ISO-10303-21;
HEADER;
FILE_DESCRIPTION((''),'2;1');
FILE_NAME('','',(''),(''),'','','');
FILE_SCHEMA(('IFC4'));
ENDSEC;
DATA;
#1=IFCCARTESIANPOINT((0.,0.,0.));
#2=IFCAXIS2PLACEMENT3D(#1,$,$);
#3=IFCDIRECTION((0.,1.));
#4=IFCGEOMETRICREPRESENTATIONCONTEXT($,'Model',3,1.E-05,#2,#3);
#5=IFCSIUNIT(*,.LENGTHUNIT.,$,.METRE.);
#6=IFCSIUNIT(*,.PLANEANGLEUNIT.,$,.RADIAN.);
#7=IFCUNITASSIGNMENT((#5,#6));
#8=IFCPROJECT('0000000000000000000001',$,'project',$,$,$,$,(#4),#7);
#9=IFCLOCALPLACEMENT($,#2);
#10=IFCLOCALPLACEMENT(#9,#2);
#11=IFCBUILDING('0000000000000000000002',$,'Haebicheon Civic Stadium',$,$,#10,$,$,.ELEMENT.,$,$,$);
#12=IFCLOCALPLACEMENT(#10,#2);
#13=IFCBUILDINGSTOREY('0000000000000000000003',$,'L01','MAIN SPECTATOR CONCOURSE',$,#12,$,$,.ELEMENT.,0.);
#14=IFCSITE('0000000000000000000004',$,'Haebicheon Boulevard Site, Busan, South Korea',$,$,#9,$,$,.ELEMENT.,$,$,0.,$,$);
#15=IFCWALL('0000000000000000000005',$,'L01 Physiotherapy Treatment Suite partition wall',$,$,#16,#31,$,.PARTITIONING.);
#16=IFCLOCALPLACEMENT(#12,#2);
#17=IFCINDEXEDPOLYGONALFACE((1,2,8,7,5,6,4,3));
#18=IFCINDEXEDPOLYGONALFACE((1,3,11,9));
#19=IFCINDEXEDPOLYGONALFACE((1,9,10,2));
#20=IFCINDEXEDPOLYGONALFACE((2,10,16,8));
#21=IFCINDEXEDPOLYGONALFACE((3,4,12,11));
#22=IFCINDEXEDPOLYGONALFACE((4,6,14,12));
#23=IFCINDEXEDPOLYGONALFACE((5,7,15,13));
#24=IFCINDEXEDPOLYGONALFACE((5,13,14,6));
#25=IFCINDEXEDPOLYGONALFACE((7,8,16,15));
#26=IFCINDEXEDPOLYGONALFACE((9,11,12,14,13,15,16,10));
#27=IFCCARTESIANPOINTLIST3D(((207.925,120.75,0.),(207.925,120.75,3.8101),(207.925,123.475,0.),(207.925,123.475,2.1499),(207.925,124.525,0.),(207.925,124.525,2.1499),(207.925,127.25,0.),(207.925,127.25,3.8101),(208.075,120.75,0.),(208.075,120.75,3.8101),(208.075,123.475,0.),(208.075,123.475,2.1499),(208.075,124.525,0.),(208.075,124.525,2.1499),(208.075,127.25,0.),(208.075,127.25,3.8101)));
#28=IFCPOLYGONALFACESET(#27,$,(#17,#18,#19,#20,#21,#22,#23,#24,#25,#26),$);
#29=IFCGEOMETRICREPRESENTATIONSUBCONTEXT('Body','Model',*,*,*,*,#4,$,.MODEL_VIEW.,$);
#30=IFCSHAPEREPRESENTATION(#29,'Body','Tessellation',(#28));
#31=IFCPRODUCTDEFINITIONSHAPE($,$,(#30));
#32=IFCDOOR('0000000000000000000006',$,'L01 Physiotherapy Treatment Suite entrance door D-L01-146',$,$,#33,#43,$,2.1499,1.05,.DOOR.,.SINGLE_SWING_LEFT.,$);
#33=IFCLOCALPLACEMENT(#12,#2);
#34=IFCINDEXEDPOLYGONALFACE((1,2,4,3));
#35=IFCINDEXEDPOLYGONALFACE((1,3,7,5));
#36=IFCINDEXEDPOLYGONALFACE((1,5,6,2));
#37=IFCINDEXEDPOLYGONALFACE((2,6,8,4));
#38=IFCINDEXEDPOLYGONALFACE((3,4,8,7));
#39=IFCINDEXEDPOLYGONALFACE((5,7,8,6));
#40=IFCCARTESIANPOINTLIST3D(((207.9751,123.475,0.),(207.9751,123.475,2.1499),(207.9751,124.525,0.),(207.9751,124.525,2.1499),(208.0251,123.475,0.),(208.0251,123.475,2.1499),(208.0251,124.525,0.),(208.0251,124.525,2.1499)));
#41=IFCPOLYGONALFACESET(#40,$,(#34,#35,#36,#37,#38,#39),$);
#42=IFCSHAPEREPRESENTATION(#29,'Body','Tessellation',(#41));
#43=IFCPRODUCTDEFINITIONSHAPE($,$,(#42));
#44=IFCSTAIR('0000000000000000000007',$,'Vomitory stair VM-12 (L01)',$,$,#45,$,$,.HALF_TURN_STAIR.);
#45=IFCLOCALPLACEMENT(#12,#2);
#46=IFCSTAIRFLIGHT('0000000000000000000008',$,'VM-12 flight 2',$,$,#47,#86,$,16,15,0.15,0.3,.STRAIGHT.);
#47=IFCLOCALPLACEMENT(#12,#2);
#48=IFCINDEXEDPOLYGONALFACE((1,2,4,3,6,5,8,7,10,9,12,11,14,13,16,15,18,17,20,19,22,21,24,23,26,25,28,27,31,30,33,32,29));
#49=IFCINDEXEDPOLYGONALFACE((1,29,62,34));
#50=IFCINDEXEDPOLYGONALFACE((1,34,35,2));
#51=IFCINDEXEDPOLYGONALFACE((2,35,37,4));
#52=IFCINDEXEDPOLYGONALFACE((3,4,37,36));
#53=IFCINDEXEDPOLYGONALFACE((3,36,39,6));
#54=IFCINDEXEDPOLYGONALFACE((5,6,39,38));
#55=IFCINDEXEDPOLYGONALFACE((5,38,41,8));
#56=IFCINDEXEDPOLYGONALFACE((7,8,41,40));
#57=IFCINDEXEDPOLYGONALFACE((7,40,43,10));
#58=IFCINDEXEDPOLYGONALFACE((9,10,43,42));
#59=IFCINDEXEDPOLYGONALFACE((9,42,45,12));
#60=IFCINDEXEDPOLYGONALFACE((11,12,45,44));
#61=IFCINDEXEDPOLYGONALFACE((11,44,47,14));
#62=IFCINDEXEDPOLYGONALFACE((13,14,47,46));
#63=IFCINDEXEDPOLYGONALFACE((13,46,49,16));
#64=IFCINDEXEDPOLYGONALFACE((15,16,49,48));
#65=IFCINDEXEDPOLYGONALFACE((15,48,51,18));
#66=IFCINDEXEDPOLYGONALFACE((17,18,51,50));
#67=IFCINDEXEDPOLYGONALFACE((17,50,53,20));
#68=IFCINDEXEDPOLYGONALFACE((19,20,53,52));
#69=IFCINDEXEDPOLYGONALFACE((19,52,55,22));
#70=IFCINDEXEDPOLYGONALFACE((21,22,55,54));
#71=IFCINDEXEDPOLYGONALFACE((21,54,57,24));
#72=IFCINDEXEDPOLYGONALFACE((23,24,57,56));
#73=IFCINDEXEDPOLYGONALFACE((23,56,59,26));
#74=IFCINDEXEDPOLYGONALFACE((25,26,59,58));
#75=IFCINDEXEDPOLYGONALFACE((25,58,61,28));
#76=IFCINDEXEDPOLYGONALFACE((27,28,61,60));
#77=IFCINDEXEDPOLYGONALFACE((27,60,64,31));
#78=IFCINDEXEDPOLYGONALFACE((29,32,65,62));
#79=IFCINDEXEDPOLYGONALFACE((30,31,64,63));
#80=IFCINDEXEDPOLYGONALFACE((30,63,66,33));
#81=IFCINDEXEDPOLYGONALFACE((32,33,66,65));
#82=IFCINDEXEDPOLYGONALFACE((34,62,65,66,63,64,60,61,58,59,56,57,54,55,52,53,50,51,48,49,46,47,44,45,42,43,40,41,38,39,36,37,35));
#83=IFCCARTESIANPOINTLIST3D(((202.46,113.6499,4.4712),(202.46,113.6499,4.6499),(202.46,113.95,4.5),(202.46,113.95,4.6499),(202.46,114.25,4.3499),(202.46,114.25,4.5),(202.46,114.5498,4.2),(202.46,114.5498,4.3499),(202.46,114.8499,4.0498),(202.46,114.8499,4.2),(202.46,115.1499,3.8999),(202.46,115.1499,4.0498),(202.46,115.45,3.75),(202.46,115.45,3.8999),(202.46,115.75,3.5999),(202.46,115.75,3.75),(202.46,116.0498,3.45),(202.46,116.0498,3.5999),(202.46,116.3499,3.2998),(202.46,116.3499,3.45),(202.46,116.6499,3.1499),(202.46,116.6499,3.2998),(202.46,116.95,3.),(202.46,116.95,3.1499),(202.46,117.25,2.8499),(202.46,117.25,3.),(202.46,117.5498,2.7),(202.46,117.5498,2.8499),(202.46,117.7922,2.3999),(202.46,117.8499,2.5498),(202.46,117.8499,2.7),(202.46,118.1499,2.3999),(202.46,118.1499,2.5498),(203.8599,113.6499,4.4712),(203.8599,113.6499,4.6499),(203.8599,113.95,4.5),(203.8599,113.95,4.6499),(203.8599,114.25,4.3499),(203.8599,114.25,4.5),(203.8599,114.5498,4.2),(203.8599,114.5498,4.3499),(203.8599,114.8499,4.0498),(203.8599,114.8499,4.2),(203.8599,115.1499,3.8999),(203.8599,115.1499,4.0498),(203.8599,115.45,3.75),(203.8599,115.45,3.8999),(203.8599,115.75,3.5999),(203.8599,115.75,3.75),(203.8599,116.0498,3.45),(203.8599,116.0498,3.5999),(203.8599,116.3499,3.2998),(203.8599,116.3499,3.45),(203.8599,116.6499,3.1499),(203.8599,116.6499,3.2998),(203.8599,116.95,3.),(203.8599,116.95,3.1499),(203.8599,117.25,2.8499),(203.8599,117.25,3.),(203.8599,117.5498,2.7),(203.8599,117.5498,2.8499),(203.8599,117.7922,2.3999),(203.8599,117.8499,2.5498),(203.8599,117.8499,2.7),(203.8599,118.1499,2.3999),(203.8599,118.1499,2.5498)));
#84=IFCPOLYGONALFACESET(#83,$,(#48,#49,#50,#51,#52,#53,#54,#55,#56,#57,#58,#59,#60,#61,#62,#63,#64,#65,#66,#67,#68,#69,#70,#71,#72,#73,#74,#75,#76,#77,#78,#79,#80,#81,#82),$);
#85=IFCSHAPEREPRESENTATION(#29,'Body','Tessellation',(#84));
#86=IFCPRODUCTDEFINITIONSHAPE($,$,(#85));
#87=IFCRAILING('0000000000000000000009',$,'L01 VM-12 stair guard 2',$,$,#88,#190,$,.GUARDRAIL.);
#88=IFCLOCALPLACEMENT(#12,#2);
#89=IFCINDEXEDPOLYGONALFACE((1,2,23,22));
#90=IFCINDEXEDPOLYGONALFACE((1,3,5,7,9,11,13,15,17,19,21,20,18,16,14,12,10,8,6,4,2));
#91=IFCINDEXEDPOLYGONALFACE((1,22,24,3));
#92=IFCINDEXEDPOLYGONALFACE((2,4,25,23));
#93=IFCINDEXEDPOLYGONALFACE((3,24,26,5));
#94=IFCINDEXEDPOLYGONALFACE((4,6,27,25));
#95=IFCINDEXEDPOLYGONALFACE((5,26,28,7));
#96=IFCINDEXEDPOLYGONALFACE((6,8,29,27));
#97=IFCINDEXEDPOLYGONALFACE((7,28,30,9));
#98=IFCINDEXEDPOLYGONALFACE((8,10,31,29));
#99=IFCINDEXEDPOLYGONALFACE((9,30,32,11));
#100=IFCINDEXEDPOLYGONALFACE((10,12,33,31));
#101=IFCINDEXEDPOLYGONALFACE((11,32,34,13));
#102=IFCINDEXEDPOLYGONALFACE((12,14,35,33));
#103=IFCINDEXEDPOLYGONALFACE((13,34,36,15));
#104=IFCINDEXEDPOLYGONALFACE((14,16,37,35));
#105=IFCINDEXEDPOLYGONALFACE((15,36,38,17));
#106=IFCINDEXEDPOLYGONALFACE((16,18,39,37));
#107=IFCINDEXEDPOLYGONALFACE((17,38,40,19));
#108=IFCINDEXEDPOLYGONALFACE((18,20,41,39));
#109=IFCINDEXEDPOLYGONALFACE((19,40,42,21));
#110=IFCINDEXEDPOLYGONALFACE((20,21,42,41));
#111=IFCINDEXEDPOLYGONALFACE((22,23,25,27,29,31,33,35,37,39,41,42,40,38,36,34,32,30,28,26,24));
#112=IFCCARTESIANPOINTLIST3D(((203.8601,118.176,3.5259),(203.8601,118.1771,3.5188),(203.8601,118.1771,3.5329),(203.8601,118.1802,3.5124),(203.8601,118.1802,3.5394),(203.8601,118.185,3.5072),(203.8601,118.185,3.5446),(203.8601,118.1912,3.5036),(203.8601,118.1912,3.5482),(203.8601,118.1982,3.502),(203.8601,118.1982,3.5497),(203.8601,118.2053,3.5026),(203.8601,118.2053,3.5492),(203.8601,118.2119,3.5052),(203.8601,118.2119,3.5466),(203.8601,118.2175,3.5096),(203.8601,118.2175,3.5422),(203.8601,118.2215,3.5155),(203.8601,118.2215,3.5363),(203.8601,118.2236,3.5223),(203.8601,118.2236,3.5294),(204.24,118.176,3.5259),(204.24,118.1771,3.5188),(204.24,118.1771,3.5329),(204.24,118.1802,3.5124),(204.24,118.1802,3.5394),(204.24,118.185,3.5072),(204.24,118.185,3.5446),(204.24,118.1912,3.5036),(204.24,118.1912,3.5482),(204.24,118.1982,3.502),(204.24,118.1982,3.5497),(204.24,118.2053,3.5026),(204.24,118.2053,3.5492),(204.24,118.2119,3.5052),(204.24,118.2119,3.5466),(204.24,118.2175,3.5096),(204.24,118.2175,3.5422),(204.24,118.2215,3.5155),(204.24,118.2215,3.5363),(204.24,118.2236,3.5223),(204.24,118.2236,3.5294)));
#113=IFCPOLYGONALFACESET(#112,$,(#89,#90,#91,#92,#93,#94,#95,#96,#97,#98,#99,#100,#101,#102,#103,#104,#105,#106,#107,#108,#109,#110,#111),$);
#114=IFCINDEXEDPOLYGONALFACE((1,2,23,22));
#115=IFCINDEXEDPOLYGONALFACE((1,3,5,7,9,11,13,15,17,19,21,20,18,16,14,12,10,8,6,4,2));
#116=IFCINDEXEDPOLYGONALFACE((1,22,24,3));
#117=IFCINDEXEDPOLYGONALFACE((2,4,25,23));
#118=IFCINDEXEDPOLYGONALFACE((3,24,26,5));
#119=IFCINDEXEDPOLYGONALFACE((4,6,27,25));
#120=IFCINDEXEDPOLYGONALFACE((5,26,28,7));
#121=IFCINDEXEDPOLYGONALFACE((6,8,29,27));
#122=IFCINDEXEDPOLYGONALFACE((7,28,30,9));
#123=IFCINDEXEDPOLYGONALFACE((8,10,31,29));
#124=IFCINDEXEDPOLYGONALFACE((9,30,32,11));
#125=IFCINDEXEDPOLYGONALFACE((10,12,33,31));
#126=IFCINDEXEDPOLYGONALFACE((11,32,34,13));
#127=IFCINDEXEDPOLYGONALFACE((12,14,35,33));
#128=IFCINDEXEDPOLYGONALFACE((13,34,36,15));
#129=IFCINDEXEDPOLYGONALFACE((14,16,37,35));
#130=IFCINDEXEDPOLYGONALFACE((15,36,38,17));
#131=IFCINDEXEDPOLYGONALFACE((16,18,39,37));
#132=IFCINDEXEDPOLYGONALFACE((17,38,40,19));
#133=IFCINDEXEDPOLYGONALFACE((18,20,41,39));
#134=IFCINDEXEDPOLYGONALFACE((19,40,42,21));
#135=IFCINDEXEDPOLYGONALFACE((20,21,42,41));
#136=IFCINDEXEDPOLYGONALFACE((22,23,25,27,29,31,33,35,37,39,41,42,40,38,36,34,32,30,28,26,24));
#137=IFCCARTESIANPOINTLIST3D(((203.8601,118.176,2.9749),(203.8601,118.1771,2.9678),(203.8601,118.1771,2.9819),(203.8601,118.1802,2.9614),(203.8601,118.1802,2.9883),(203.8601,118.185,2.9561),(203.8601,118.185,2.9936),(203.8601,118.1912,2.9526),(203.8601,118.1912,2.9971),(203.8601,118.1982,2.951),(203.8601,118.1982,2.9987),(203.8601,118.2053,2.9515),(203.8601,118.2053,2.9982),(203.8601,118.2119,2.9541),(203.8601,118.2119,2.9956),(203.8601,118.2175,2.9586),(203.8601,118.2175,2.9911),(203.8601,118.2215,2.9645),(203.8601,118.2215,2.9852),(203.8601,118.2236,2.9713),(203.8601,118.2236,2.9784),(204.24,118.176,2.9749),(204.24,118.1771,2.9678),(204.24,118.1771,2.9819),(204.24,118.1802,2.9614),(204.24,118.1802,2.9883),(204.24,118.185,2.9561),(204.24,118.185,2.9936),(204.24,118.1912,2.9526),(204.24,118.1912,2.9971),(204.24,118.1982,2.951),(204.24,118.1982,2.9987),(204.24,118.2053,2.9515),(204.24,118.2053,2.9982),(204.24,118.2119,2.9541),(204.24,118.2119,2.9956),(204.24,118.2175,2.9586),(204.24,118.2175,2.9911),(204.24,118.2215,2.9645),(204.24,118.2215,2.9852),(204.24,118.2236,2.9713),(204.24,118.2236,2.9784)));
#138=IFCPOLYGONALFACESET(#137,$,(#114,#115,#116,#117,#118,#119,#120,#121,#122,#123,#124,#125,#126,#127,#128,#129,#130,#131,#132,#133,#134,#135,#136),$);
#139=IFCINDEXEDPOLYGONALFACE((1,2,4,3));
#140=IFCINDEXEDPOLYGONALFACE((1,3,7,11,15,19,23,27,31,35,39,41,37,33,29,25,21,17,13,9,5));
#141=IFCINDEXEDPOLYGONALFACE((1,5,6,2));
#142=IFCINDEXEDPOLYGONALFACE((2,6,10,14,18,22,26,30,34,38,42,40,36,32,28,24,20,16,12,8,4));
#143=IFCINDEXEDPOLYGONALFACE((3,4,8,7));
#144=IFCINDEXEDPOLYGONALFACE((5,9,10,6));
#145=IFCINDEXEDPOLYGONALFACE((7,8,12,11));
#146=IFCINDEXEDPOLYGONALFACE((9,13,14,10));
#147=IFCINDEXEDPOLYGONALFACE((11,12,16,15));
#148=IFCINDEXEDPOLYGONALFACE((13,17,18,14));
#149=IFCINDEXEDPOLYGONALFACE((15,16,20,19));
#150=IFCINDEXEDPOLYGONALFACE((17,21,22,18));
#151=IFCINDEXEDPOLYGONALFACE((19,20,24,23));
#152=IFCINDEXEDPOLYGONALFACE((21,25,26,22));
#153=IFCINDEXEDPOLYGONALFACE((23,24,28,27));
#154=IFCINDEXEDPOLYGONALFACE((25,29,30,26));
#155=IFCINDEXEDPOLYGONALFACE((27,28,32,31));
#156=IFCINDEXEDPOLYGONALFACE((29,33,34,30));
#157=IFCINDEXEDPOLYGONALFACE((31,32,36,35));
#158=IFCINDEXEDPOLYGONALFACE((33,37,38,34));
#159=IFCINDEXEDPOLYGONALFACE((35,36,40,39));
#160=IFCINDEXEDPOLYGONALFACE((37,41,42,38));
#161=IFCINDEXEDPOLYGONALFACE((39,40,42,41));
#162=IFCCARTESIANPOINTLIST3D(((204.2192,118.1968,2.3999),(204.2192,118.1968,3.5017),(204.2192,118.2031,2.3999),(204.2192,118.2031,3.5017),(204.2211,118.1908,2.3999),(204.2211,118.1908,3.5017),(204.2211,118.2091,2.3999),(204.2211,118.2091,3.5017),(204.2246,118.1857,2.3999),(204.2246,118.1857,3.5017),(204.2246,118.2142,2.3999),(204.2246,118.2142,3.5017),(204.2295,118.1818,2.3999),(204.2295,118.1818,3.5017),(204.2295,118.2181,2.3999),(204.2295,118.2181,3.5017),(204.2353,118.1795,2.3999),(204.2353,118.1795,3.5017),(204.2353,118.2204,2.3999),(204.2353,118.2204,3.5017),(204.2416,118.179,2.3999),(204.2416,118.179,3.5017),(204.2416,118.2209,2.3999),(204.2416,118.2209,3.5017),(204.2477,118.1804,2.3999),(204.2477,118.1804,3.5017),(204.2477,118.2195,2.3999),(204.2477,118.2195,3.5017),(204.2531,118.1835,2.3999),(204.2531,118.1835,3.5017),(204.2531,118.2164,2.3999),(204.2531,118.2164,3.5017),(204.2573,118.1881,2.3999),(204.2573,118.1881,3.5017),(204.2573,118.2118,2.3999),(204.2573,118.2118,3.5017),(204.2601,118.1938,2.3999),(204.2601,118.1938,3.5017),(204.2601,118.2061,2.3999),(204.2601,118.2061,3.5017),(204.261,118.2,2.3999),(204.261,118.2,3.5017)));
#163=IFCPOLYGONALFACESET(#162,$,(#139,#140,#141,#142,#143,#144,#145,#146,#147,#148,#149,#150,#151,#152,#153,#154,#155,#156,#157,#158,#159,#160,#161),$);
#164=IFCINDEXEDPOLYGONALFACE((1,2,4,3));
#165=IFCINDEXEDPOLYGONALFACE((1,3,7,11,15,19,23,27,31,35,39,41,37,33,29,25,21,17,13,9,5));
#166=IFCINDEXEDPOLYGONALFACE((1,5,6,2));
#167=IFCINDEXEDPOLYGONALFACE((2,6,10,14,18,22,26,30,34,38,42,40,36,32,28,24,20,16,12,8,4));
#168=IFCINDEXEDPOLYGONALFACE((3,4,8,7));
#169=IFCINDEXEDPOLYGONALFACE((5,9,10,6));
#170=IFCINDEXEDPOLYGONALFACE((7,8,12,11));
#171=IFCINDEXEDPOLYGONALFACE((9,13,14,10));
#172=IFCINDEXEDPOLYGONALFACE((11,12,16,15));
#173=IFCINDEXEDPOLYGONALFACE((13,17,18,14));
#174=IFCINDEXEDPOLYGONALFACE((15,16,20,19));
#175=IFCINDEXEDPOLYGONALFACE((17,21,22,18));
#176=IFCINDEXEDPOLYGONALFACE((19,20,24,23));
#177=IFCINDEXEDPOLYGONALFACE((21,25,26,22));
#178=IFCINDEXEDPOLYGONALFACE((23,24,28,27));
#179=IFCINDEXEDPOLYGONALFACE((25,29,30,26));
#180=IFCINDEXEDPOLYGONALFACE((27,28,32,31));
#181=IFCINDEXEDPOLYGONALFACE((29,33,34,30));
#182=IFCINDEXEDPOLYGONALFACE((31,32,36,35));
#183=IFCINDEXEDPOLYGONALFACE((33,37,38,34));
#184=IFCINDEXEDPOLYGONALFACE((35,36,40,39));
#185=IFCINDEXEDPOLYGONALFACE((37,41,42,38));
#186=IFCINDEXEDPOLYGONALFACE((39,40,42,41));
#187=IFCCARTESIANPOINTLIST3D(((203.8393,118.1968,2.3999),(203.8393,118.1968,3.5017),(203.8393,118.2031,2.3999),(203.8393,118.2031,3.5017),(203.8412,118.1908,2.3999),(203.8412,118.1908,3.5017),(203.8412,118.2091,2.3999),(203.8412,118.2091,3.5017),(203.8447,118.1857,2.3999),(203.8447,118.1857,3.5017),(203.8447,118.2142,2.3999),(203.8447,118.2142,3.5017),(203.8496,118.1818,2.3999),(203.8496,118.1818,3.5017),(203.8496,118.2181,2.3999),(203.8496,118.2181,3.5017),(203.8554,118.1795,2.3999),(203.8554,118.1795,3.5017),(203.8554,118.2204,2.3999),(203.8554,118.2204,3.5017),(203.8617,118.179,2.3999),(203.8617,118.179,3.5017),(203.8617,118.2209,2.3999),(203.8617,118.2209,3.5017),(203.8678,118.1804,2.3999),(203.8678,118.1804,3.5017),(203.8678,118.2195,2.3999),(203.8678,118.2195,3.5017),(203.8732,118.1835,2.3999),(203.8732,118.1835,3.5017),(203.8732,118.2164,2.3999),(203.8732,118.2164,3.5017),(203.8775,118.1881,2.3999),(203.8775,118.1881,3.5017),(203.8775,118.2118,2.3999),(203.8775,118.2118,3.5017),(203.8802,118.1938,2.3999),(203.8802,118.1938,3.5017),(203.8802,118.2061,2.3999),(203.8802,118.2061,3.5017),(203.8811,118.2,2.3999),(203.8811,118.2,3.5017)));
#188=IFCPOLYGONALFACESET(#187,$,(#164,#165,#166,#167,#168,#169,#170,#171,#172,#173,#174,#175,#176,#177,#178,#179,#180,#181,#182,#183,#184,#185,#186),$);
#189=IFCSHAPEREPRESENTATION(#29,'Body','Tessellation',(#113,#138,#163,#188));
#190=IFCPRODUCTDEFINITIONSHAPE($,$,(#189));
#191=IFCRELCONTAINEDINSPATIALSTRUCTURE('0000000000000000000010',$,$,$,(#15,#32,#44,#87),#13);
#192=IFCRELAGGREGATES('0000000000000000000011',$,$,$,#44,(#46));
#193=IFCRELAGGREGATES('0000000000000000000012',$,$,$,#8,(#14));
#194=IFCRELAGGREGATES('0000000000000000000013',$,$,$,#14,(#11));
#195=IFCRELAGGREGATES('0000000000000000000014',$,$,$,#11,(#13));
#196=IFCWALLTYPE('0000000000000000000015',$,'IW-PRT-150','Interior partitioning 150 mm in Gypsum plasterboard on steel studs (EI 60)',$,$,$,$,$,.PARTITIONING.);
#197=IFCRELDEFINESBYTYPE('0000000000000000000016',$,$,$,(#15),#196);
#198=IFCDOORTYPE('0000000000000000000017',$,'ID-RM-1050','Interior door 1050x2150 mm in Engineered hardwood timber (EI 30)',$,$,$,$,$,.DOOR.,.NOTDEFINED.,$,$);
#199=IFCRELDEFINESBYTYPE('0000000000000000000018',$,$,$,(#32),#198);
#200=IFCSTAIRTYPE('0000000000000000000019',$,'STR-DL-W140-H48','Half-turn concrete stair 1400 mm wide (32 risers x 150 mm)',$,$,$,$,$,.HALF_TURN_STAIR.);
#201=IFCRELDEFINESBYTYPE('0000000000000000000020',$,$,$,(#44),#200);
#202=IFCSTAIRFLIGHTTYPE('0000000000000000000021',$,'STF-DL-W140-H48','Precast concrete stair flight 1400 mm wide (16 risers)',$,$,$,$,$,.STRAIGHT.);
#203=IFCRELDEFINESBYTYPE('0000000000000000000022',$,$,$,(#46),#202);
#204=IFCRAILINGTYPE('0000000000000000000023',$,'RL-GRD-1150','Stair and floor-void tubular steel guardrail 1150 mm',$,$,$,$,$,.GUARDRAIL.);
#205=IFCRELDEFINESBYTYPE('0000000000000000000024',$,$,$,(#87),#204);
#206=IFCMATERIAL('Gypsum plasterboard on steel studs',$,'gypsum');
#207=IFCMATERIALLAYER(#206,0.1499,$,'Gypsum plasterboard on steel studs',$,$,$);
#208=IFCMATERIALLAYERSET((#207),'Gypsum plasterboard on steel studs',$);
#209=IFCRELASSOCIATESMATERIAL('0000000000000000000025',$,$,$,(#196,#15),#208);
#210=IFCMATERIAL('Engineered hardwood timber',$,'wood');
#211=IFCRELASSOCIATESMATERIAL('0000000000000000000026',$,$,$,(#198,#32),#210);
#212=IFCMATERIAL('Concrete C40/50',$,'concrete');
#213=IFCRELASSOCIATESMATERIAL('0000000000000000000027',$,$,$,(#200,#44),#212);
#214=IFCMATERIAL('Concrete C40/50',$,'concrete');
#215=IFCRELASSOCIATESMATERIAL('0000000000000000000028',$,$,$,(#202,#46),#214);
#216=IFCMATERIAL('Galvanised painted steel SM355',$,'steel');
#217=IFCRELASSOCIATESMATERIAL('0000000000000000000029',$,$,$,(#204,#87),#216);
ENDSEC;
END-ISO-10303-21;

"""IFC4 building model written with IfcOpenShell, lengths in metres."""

from ifc_helpers import new_model, si_unit, direction, frame, frame_2d, origin, origin_2d, place, context, subcontext, project, spatial, polyline, rectangle, circle, outline, extrude, material, layer, layer_set, type_object, element, fill, aggregate, save


model = new_model("IFC4")

# Units and contexts
model_context = context("Model", 3, precision=1e-05, world=origin(), true_north=direction((0.0, 1.0)))
body_context = subcontext(model_context, "Body", "Model", "MODEL_VIEW")
ifc_project = project(units=[si_unit("LENGTHUNIT", "METRE"), si_unit("PLANEANGLEUNIT", "RADIAN")], contexts=[model_context])

# Site, building, storey
site_placement = place(None, origin())
site = spatial("IfcSite", under=ifc_project, at=site_placement, Name="Haebicheon Boulevard Site, Busan, South Korea", CompositionType="ELEMENT", RefElevation=0.0)
building_placement = place(site_placement, origin())
building = spatial("IfcBuilding", under=site, at=building_placement, Name="Haebicheon Civic Stadium", CompositionType="ELEMENT")
storey_placement = place(building_placement, origin())
storey = spatial("IfcBuildingStorey", under=building, at=storey_placement, Name="L01", Description="MAIN SPECTATOR CONCOURSE", CompositionType="ELEMENT", Elevation=0.0)

# Wall, opening, door
ifc_material_1 = material(Name="Gypsum plasterboard on steel studs", Category="gypsum")
ifc_layer = layer(ifc_material_1, 0.1499, Name="Gypsum plasterboard on steel studs")
ifc_layer_set = layer_set([ifc_layer], Name="Gypsum plasterboard on steel studs")
wall_type = type_object("IfcWallType", Name="IW-PRT-150", Description="Interior partitioning 150 mm in Gypsum plasterboard on steel studs (EI 60)", PredefinedType="PARTITIONING", material=ifc_layer_set)
wall_placement = place(storey_placement, frame((208.0, 120.75, 0.0), z_axis=(0.0, 0.0, 1.0), x_axis=(0.0, 1.0, 0.0)))
wall = element("IfcWall", 1, at=wall_placement, inside=storey, type_object=wall_type, material=ifc_layer_set, Name="L01 Physiotherapy Treatment Suite partition wall", PredefinedType="PARTITIONING", context=body_context, shape_type="SweptSolid", body=[
    extrude(rectangle(XDim=6.5, YDim=0.1499, at=frame_2d((3.25, 0.0))), origin(), (0.0, 0.0, 1.0), 3.8101),
])
opening_placement = place(wall_placement, frame((2.7251, 0.0, 0.0)))
opening = element("IfcOpeningElement", 2, at=opening_placement, cuts=wall, PredefinedType="OPENING", context=body_context, shape_type="SweptSolid", body=[
    extrude(rectangle(XDim=1.05, YDim=2.1499, at=frame_2d((0.5249, 1.075))), frame((0.0, 0.085, 0.0), z_axis=(0.0, -1.0, 0.0), x_axis=(1.0, 0.0, 0.0)), (0.0, 0.0, 1.0), 0.1699),
])
ifc_material_2 = material(Name="Engineered hardwood timber", Category="wood")
door_type = type_object("IfcDoorType", Name="ID-RM-1050", Description="Interior door 1050x2150 mm in Engineered hardwood timber (EI 30)", OperationType="NOTDEFINED", PredefinedType="DOOR", material=ifc_material_2)
door_placement = place(opening_placement, origin())
door = element("IfcDoor", 3, at=door_placement, inside=storey, type_object=door_type, material=ifc_material_2, Name="L01 Physiotherapy Treatment Suite entrance door D-L01-146", OperationType="SINGLE_SWING_LEFT", OverallHeight=2.1499, OverallWidth=1.05, PredefinedType="DOOR", context=body_context, shape_type="SweptSolid", body=[
    extrude(rectangle(XDim=1.05, YDim=2.1499, at=frame_2d((0.5249, 1.075))), frame((0.0, 0.0249, 0.0), z_axis=(0.0, -1.0, 0.0), x_axis=(1.0, 0.0, 0.0)), (0.0, 0.0, 1.0), 0.05),
])
fill(opening, door)

# Stair, stair flight
ifc_material_3 = material(Name="Concrete C40/50", Category="concrete")
stair_type = type_object("IfcStairType", Name="STR-DL-W140-H48", Description="Half-turn concrete stair 1400 mm wide (32 risers x 150 mm)", PredefinedType="HALF_TURN_STAIR", material=ifc_material_3)
stair_placement = place(storey_placement, origin())
stair = element("IfcStair", 4, at=stair_placement, inside=storey, type_object=stair_type, material=ifc_material_3, Name="Vomitory stair VM-12 (L01)", PredefinedType="HALF_TURN_STAIR")
ifc_material_4 = material(Name="Concrete C40/50", Category="concrete")
stair_flight_type = type_object("IfcStairFlightType", Name="STF-DL-W140-H48", Description="Precast concrete stair flight 1400 mm wide (16 risers)", PredefinedType="STRAIGHT", material=ifc_material_4)
stair_flight_placement = place(storey_placement, frame((203.1599, 118.1499, 2.3999), z_axis=(0.0, 0.0, 1.0), x_axis=(0.0, -1.0, 0.0)))
stair_flight = element("IfcStairFlight", 5, at=stair_flight_placement, type_object=stair_flight_type, material=ifc_material_4, Name="VM-12 flight 2", NumberOfRisers=16, NumberOfTreads=15, PredefinedType="STRAIGHT", RiserHeight=0.15, TreadLength=0.3, context=body_context, shape_type="SweptSolid", body=[
    extrude(outline(polyline([(0.0, 0.0), (0.0, 0.1499), (0.3, 0.1499), (0.3, 0.3), (0.6001, 0.3), (0.6001, 0.45), (0.8999, 0.45), (0.8999, 0.6001), (1.2, 0.6001), (1.2, 0.75), (1.5, 0.75), (1.5, 0.8999), (1.8, 0.8999), (1.8, 1.05), (2.1001, 1.05), (2.1001, 1.2), (2.3999, 1.2), (2.3999, 1.3501), (2.7, 1.3501), (2.7, 1.5), (3.0, 1.5), (3.0, 1.6499), (3.3, 1.6499), (3.3, 1.8), (3.6001, 1.8), (3.6001, 1.95), (3.8999, 1.95), (3.8999, 2.1001), (4.2, 2.1001), (4.2, 2.25), (4.5, 2.25), (4.5, 2.3999), (4.5, 2.0713), (0.3577, 0.0), (0.0, 0.0)])), frame((0.0, 0.7, 0.0), z_axis=(0.0, -1.0, 0.0), x_axis=(1.0, 0.0, 0.0)), (0.0, 0.0, 1.0), 1.3999),
])
aggregate(stair, [stair_flight])

# Railing
ifc_material_5 = material(Name="Galvanised painted steel SM355", Category="steel")
railing_type_1 = type_object("IfcRailingType", Name="RL-GRD-1150", Description="Stair and floor-void tubular steel guardrail 1150 mm", PredefinedType="GUARDRAIL", material=ifc_material_5)
railing_1_placement = place(storey_placement, frame((204.24, 118.2, 2.3999)))
element("IfcRailing", 6, at=railing_1_placement, inside=storey, type_object=railing_type_1, material=ifc_material_5, Name="L01 VM-12 stair guard 2", PredefinedType="GUARDRAIL", context=body_context, shape_type="SweptSolid", body=[
    extrude(circle(Radius=0.0239, at=origin_2d()), frame((0.0, 0.0, 1.126), z_axis=(-1.0, 0.0, 0.0), x_axis=(0.0, -1.0, 0.0)), (0.0, 0.0, 1.0), 0.3799),
    extrude(circle(Radius=0.0239, at=origin_2d()), frame((0.0, 0.0, 0.575), z_axis=(-1.0, 0.0, 0.0), x_axis=(0.0, -1.0, 0.0)), (0.0, 0.0, 1.0), 0.3799),
    extrude(circle(Radius=0.021, at=origin_2d()), origin(), (0.0, 0.0, 1.0), 1.1018),
    extrude(circle(Radius=0.021, at=origin_2d()), frame((-0.3799, 0.0, 0.0)), (0.0, 0.0, 1.0), 1.1018),
])

save(model, "model.ifc")
